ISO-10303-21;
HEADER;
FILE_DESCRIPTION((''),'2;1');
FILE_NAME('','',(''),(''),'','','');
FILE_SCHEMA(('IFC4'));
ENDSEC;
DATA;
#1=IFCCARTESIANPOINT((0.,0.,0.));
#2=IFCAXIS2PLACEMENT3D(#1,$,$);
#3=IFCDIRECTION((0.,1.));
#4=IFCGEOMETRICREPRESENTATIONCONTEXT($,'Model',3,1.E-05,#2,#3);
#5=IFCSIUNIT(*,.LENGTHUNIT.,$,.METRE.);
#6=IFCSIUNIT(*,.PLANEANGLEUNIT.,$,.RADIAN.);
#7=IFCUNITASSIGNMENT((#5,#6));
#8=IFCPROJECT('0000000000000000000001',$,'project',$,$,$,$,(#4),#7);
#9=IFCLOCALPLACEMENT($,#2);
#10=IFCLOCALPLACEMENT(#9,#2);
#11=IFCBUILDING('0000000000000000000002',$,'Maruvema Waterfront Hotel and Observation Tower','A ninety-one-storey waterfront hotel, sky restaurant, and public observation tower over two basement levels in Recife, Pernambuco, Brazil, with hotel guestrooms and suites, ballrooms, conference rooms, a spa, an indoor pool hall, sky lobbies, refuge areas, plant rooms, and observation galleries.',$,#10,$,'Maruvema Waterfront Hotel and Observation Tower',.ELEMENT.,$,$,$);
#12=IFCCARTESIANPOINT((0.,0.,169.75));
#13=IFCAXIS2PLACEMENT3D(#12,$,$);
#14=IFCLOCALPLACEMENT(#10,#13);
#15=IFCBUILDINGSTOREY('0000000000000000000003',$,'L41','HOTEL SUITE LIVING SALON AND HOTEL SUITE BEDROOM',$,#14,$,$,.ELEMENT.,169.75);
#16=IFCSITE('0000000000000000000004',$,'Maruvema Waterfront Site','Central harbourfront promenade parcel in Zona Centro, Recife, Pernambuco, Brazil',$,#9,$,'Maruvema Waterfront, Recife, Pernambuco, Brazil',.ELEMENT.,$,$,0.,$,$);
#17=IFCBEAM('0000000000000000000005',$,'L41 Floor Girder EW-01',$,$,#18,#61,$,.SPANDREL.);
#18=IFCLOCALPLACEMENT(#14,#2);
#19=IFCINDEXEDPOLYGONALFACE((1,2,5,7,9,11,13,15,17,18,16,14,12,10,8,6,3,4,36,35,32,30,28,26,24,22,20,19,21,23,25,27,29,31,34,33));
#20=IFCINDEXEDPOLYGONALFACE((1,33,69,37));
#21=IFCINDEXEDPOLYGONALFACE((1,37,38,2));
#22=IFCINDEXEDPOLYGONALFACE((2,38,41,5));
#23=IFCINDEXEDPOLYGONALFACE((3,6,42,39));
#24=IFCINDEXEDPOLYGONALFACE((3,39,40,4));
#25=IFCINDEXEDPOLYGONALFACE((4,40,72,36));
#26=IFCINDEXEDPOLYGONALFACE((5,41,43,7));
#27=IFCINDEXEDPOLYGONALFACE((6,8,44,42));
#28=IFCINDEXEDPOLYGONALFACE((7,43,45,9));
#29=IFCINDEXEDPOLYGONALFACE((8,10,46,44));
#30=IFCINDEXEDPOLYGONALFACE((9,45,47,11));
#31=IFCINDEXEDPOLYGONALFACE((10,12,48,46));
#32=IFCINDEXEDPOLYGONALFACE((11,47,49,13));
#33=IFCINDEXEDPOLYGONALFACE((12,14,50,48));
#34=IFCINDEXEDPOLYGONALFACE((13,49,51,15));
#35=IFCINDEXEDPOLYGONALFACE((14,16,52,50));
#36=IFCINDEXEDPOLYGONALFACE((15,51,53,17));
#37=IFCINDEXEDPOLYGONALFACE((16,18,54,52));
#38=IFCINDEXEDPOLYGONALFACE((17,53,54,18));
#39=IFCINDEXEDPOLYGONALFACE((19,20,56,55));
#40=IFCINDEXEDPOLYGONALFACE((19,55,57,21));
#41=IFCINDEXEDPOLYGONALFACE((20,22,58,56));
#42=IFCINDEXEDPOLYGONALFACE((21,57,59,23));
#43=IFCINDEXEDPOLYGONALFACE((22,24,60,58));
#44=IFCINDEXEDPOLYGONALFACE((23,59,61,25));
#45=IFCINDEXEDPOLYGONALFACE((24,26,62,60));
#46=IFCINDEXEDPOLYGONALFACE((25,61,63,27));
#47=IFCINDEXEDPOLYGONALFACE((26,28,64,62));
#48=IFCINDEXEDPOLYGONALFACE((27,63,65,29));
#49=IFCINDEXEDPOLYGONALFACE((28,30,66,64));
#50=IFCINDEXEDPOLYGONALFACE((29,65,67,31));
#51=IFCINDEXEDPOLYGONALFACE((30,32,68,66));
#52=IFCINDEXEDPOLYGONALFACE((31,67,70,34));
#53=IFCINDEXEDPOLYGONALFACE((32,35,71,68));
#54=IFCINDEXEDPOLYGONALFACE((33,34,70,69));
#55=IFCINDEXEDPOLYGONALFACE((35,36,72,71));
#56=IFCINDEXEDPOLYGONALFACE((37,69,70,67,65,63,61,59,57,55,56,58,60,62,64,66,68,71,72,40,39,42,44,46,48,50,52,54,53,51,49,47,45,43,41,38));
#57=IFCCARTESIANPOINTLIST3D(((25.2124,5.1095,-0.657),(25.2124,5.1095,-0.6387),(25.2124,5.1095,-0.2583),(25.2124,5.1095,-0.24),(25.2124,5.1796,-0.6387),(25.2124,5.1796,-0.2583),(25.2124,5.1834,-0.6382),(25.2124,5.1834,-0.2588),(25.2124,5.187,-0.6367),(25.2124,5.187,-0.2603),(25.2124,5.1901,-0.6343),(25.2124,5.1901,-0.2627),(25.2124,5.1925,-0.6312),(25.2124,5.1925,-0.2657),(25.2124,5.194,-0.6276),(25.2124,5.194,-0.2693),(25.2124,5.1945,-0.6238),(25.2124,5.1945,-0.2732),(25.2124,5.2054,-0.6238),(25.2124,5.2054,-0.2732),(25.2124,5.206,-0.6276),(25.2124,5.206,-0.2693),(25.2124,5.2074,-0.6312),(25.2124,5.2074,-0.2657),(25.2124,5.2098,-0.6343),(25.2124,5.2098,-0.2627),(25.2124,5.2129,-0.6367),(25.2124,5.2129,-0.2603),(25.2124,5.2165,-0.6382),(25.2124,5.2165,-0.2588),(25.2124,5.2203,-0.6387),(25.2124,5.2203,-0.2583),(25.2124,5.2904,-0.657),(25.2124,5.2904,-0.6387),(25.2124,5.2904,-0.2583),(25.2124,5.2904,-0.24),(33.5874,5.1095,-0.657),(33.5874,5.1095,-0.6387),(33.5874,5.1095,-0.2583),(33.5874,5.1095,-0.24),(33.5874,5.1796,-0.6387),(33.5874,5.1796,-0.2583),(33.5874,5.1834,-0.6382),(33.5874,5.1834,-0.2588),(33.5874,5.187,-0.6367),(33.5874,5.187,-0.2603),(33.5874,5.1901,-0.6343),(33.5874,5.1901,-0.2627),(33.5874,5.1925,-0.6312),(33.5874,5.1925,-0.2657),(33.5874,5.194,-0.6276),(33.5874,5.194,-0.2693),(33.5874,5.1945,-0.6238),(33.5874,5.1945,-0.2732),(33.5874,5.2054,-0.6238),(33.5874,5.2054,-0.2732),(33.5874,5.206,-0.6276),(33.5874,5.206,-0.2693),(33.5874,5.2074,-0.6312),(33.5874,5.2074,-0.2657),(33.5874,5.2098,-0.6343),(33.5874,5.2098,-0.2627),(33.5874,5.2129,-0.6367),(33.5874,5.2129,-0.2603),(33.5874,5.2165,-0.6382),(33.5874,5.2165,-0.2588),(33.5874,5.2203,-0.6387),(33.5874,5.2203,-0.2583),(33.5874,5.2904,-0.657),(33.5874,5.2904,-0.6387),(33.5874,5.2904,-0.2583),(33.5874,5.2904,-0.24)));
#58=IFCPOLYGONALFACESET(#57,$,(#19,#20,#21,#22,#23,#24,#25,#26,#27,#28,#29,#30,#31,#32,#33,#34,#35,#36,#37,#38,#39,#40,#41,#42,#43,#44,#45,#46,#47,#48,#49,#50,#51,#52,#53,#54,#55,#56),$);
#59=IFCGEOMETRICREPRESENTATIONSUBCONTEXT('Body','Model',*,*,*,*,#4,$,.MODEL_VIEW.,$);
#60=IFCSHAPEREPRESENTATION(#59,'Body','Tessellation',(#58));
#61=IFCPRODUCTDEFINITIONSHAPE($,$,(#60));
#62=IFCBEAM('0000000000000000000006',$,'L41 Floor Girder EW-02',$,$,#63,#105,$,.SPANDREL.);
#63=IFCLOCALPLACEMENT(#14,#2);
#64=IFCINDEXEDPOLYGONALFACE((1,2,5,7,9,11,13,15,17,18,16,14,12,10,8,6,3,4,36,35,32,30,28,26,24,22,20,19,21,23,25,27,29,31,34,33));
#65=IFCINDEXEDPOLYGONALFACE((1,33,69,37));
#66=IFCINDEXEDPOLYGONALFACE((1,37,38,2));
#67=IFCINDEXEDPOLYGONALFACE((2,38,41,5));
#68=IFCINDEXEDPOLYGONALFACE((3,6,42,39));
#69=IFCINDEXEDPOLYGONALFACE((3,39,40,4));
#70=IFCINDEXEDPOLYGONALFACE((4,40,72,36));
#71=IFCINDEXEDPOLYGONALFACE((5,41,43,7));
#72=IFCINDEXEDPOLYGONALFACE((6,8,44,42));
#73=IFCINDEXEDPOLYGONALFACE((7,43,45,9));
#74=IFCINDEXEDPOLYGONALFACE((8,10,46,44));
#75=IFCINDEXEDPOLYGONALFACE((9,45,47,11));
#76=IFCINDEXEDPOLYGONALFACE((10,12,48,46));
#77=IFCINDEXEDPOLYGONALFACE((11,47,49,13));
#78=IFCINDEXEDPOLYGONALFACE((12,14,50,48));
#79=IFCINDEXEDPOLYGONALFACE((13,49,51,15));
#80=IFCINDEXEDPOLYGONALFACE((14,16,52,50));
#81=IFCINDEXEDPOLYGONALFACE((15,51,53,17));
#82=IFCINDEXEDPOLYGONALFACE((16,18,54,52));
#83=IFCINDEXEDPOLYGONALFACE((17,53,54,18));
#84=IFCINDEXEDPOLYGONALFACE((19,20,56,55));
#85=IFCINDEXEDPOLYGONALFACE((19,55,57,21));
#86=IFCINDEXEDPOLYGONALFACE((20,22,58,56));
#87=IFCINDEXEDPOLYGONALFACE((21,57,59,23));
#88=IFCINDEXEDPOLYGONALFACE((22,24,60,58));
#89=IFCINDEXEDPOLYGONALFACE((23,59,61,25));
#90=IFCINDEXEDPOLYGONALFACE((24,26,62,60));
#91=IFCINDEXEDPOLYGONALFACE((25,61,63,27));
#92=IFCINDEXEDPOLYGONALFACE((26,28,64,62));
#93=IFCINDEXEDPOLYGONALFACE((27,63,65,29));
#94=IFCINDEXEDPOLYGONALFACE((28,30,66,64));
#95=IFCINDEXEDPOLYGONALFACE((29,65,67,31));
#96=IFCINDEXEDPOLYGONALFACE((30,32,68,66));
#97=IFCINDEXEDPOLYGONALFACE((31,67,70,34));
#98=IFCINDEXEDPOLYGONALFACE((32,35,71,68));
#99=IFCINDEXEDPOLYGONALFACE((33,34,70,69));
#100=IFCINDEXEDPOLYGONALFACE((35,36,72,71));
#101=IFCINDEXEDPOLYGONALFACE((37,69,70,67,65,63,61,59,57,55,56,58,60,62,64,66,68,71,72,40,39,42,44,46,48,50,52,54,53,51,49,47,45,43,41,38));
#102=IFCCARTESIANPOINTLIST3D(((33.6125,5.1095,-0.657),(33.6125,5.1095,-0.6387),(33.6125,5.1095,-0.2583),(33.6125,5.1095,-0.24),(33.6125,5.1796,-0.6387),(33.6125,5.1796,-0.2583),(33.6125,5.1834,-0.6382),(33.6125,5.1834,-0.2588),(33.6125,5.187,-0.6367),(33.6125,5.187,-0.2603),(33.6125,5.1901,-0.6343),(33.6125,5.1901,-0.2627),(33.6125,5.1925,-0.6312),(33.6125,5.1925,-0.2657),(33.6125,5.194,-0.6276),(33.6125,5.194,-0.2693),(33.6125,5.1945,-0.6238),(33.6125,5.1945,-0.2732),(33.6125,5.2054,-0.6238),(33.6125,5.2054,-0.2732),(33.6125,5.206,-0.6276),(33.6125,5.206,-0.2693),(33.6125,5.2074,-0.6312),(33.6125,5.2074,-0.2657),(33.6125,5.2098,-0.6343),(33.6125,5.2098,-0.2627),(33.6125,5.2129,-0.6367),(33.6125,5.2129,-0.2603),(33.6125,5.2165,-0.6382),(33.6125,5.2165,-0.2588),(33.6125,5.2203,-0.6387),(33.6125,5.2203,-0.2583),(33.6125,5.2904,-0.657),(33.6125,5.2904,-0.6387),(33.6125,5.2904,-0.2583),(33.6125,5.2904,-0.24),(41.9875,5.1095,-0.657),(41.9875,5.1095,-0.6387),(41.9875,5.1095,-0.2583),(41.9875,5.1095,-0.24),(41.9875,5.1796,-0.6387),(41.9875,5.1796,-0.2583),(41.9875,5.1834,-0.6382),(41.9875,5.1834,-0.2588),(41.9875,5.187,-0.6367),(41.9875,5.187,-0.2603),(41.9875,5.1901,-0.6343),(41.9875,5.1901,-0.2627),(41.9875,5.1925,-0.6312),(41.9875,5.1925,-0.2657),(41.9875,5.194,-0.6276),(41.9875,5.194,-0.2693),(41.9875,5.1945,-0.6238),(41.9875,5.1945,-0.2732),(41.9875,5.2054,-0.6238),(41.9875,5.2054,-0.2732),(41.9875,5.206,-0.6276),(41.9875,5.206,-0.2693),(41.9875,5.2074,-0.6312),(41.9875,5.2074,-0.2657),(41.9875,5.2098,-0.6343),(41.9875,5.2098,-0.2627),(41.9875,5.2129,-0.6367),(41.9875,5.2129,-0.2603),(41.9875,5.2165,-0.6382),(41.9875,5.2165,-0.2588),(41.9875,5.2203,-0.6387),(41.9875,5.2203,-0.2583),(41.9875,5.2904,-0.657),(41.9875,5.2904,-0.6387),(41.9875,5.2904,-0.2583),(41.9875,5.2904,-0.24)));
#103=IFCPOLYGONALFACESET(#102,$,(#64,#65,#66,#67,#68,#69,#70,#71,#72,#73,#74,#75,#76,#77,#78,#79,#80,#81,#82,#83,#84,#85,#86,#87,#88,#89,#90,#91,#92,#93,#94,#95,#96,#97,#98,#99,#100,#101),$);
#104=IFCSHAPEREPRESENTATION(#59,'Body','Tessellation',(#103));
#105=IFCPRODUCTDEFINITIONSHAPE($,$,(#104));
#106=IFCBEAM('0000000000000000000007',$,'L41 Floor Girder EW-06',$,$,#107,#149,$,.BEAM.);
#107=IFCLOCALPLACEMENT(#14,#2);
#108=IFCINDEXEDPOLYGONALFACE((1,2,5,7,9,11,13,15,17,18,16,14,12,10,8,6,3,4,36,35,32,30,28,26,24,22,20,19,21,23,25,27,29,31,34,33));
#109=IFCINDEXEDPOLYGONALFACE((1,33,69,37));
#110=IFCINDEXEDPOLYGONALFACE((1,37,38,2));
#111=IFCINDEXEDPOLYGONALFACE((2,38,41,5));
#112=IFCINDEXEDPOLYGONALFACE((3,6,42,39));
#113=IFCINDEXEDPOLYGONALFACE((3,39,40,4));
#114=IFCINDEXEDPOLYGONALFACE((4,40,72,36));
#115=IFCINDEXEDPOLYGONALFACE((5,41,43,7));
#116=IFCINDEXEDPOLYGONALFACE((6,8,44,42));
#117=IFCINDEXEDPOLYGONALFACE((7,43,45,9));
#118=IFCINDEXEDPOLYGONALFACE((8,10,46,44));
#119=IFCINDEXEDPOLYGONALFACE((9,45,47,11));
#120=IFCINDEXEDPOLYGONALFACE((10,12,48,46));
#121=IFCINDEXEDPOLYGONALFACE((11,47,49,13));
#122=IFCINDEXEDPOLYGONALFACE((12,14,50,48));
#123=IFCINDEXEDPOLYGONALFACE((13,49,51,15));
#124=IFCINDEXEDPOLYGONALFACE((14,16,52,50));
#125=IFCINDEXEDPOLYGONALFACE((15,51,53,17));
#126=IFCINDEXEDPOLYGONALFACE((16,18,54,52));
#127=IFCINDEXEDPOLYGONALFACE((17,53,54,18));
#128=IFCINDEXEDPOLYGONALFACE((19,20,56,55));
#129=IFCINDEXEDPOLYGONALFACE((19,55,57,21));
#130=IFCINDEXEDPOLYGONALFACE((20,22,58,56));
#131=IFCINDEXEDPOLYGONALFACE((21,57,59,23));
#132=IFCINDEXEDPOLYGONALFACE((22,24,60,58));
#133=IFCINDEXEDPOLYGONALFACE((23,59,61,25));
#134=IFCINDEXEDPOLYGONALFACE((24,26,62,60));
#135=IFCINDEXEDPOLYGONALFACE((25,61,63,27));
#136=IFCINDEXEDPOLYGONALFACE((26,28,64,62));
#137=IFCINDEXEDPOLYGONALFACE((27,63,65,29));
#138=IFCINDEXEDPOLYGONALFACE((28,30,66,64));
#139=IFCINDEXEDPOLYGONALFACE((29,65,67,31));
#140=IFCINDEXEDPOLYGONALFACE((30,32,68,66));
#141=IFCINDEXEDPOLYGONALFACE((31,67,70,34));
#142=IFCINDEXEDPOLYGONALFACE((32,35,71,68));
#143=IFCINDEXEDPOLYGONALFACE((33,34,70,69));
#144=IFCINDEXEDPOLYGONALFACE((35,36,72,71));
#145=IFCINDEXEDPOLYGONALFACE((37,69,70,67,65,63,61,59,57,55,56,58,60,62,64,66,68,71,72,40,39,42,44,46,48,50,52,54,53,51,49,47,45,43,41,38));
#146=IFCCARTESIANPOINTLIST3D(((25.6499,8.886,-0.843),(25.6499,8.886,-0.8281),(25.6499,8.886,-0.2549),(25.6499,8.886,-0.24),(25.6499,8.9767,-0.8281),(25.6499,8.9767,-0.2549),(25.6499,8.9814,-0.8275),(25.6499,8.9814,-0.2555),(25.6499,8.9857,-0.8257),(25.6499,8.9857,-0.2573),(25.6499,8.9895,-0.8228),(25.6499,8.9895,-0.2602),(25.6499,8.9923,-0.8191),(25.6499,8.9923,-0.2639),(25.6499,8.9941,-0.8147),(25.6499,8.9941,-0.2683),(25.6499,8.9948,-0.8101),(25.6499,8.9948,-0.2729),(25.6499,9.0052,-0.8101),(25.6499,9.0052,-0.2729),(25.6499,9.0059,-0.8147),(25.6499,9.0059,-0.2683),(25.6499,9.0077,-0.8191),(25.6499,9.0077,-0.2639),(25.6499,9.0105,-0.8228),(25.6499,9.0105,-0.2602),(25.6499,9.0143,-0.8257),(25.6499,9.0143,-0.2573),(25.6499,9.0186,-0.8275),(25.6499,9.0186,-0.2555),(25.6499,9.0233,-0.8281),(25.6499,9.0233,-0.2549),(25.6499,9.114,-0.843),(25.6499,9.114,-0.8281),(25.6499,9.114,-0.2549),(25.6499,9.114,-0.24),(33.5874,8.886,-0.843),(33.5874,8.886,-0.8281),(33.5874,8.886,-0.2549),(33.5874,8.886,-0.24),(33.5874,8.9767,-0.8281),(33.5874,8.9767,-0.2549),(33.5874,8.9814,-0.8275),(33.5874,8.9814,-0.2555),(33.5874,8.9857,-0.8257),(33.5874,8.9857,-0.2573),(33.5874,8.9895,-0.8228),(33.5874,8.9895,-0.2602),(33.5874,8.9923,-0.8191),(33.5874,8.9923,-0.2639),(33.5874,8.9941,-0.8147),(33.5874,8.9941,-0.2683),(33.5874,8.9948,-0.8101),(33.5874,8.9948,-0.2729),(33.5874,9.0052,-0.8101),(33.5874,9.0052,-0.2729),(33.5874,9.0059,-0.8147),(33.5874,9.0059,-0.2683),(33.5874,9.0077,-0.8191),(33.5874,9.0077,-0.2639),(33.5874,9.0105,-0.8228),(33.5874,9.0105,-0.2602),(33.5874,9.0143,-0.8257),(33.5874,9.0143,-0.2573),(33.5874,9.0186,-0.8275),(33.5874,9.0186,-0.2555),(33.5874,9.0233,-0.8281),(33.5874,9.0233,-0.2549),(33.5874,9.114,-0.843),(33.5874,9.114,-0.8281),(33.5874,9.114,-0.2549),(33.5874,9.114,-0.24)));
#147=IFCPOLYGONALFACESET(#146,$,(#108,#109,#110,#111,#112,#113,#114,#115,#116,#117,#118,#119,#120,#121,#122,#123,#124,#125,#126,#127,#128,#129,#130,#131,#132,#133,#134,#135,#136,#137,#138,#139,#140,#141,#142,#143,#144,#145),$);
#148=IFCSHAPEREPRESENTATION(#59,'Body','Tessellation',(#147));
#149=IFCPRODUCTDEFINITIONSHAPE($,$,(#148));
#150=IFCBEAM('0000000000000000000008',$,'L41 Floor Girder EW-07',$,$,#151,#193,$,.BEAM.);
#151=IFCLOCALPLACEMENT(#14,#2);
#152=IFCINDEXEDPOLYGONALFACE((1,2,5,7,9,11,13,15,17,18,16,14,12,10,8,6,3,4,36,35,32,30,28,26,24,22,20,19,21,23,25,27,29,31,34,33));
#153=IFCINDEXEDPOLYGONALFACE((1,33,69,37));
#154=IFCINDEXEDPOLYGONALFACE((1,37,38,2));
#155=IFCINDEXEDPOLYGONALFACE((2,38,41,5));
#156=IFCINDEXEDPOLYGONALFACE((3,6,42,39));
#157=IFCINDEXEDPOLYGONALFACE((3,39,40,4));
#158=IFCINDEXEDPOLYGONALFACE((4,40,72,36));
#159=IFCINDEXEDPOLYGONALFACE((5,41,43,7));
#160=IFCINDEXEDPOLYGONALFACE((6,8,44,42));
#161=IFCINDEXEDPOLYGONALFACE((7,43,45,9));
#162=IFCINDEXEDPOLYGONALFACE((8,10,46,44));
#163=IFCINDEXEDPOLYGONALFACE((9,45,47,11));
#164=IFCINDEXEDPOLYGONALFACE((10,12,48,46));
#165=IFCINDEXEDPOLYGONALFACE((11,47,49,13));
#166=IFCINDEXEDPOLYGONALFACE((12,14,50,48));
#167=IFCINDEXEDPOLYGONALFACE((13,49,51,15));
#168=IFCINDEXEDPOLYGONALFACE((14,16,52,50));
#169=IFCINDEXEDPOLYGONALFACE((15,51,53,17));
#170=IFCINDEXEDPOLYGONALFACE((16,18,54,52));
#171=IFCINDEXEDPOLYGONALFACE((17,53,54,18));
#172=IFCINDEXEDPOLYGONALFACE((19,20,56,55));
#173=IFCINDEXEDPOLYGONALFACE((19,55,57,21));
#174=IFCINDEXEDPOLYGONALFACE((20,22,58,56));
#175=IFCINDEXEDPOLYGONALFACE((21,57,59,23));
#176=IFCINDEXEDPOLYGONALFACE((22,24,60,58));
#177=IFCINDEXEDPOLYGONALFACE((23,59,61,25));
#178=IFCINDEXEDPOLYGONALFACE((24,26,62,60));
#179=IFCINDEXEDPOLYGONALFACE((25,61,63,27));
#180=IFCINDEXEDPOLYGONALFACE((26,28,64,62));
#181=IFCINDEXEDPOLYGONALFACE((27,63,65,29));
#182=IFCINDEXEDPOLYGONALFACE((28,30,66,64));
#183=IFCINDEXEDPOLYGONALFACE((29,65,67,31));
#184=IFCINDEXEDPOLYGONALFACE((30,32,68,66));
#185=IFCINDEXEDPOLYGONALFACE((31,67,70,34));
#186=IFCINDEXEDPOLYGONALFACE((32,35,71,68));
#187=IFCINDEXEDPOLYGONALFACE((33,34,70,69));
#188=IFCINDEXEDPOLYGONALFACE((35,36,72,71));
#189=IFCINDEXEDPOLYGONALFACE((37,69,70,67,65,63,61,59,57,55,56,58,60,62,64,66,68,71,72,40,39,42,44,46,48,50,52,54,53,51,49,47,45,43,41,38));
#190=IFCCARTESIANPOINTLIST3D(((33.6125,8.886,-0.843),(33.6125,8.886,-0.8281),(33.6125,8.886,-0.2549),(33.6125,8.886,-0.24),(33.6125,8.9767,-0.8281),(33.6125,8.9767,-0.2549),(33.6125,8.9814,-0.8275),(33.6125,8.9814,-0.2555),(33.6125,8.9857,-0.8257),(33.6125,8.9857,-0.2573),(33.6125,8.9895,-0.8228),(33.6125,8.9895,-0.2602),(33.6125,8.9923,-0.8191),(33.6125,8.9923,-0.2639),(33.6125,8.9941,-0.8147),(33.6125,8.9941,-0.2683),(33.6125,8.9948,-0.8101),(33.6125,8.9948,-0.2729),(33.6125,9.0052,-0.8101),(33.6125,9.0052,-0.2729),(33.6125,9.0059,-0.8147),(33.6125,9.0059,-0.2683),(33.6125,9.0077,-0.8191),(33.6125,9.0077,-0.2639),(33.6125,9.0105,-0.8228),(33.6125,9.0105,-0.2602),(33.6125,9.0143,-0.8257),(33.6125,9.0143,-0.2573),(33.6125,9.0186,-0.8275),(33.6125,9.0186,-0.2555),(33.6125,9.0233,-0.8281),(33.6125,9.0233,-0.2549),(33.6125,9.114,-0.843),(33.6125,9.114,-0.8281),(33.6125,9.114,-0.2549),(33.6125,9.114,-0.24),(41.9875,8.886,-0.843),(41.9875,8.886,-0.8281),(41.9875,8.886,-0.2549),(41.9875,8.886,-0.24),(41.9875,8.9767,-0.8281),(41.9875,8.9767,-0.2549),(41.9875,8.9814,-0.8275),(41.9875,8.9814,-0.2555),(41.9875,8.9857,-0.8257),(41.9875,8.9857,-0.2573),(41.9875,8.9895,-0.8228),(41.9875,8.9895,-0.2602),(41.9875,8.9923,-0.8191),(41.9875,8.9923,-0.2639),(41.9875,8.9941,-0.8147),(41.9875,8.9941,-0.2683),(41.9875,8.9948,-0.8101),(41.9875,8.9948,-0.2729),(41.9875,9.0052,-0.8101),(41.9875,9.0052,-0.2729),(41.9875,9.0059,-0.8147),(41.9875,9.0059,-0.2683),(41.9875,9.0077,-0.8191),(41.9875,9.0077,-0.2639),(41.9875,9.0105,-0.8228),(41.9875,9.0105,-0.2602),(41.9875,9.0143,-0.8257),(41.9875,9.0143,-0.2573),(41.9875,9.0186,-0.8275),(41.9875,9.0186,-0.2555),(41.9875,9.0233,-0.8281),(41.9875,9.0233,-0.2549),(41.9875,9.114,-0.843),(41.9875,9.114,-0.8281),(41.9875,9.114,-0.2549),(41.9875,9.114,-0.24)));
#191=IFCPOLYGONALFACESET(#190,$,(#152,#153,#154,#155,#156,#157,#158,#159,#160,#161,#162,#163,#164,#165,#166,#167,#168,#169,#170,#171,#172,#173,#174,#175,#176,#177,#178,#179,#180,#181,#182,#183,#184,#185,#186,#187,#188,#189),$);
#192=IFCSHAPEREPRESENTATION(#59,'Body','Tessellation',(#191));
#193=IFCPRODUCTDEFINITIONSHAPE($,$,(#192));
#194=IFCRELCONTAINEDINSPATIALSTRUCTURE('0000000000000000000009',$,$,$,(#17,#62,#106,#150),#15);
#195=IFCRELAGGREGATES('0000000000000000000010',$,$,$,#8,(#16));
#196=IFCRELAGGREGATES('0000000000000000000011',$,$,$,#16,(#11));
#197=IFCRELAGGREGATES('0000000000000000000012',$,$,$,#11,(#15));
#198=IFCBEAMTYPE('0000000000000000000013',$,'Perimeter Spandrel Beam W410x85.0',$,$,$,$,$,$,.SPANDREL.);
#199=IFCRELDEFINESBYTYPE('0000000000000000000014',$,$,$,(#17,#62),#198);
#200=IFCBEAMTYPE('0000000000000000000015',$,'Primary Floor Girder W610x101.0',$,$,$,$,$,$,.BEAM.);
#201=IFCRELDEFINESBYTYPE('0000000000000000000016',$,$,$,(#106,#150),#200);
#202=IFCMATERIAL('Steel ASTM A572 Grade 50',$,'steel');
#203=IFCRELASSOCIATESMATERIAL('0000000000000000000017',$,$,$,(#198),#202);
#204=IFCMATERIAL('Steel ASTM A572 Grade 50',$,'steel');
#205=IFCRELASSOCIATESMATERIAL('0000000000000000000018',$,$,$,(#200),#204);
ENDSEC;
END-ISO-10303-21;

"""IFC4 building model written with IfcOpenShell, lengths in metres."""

from ifc_helpers import new_model, si_unit, direction, frame, origin, origin_2d, place, context, subcontext, project, spatial, i_section, extrude, material, material_profile, profile_set, type_object, element, save


model = new_model("IFC4")

# Units and contexts
model_context = context("Model", 3, precision=1e-05, world=origin(), true_north=direction((0.0, 1.0)))
body_context = subcontext(model_context, "Body", "Model", "MODEL_VIEW")
ifc_project = project(units=[si_unit("LENGTHUNIT", "METRE"), si_unit("PLANEANGLEUNIT", "RADIAN")], contexts=[model_context])

# Site, building, storey
site_placement = place(None, origin())
site = spatial("IfcSite", under=ifc_project, at=site_placement, Name="Maruvema Waterfront Site", Description="Central harbourfront promenade parcel in Zona Centro, Recife, Pernambuco, Brazil", LongName="Maruvema Waterfront, Recife, Pernambuco, Brazil", CompositionType="ELEMENT", RefElevation=0.0)
building_placement = place(site_placement, origin())
building = spatial("IfcBuilding", under=site, at=building_placement, Name="Maruvema Waterfront Hotel and Observation Tower", Description="A ninety-one-storey waterfront hotel, sky restaurant, and public observation tower over two basement levels in Recife, Pernambuco, Brazil, with hotel guestrooms and suites, ballrooms, conference rooms, a spa, an indoor pool hall, sky lobbies, refuge areas, plant rooms, and observation galleries.", LongName="Maruvema Waterfront Hotel and Observation Tower", CompositionType="ELEMENT")
storey_placement = place(building_placement, frame((0.0, 0.0, 169.75)))
storey = spatial("IfcBuildingStorey", under=building, at=storey_placement, Name="L41", Description="HOTEL SUITE LIVING SALON AND HOTEL SUITE BEDROOM", CompositionType="ELEMENT", Elevation=169.75)

# Beams
ifc_material_1 = material(Name="Steel ASTM A572 Grade 50", Category="steel")
ifc_material_profile_1 = material_profile(ifc_material_1, i_section(OverallWidth=0.1809, OverallDepth=0.417, WebThickness=0.011, FlangeThickness=0.0183, FilletRadius=0.0149, at=origin_2d()), Name="W410x85.0")
ifc_profile_set_1 = profile_set([ifc_material_profile_1], Name="Steel ASTM A572 Grade 50")
beam_type_1 = type_object("IfcBeamType", Name="Perimeter Spandrel Beam W410x85.0", PredefinedType="SPANDREL", material=ifc_profile_set_1)
for number, where, z_axis, x_axis, name in (
    (1, (25.2124, 5.2, -0.4485), (1.0, 0.0, 0.0), (0.0, 1.0, 0.0), "L41 Floor Girder EW-01"),
    (2, (33.6125, 5.2, -0.4485), (1.0, 0.0, 0.0), (0.0, 1.0, 0.0), "L41 Floor Girder EW-02"),
):
    element("IfcBeam", number, at=place(storey_placement, frame(where, z_axis=z_axis, x_axis=x_axis)), inside=storey, type_object=beam_type_1, Name=name, PredefinedType="SPANDREL", context=body_context, shape_type="SweptSolid", body=[
        extrude(i_section(OverallWidth=0.1809, OverallDepth=0.417, WebThickness=0.011, FlangeThickness=0.0183, FilletRadius=0.0149, at=origin_2d()), origin(), (0.0, 0.0, 1.0), 8.375),
    ])
ifc_material_2 = material(Name="Steel ASTM A572 Grade 50", Category="steel")
ifc_material_profile_2 = material_profile(ifc_material_2, i_section(OverallWidth=0.228, OverallDepth=0.603, WebThickness=0.0105, FlangeThickness=0.0149, FilletRadius=0.0181, at=origin_2d()), Name="W610x101.0")
ifc_profile_set_2 = profile_set([ifc_material_profile_2], Name="Steel ASTM A572 Grade 50")
beam_type_2 = type_object("IfcBeamType", Name="Primary Floor Girder W610x101.0", PredefinedType="BEAM", material=ifc_profile_set_2)
beam_1_placement = place(storey_placement, frame((25.6499, 9.0, -0.5415), z_axis=(1.0, 0.0, 0.0), x_axis=(0.0, 1.0, 0.0)))
element("IfcBeam", 3, at=beam_1_placement, inside=storey, type_object=beam_type_2, Name="L41 Floor Girder EW-06", PredefinedType="BEAM", context=body_context, shape_type="SweptSolid", body=[
    extrude(i_section(OverallWidth=0.228, OverallDepth=0.603, WebThickness=0.0105, FlangeThickness=0.0149, FilletRadius=0.0181, at=origin_2d()), origin(), (0.0, 0.0, 1.0), 7.9375),
])
beam_2_placement = place(storey_placement, frame((33.6125, 9.0, -0.5415), z_axis=(1.0, 0.0, 0.0), x_axis=(0.0, 1.0, 0.0)))
element("IfcBeam", 4, at=beam_2_placement, inside=storey, type_object=beam_type_2, Name="L41 Floor Girder EW-07", PredefinedType="BEAM", context=body_context, shape_type="SweptSolid", body=[
    extrude(i_section(OverallWidth=0.228, OverallDepth=0.603, WebThickness=0.0105, FlangeThickness=0.0149, FilletRadius=0.0181, at=origin_2d()), origin(), (0.0, 0.0, 1.0), 8.375),
])

save(model, "model.ifc")
